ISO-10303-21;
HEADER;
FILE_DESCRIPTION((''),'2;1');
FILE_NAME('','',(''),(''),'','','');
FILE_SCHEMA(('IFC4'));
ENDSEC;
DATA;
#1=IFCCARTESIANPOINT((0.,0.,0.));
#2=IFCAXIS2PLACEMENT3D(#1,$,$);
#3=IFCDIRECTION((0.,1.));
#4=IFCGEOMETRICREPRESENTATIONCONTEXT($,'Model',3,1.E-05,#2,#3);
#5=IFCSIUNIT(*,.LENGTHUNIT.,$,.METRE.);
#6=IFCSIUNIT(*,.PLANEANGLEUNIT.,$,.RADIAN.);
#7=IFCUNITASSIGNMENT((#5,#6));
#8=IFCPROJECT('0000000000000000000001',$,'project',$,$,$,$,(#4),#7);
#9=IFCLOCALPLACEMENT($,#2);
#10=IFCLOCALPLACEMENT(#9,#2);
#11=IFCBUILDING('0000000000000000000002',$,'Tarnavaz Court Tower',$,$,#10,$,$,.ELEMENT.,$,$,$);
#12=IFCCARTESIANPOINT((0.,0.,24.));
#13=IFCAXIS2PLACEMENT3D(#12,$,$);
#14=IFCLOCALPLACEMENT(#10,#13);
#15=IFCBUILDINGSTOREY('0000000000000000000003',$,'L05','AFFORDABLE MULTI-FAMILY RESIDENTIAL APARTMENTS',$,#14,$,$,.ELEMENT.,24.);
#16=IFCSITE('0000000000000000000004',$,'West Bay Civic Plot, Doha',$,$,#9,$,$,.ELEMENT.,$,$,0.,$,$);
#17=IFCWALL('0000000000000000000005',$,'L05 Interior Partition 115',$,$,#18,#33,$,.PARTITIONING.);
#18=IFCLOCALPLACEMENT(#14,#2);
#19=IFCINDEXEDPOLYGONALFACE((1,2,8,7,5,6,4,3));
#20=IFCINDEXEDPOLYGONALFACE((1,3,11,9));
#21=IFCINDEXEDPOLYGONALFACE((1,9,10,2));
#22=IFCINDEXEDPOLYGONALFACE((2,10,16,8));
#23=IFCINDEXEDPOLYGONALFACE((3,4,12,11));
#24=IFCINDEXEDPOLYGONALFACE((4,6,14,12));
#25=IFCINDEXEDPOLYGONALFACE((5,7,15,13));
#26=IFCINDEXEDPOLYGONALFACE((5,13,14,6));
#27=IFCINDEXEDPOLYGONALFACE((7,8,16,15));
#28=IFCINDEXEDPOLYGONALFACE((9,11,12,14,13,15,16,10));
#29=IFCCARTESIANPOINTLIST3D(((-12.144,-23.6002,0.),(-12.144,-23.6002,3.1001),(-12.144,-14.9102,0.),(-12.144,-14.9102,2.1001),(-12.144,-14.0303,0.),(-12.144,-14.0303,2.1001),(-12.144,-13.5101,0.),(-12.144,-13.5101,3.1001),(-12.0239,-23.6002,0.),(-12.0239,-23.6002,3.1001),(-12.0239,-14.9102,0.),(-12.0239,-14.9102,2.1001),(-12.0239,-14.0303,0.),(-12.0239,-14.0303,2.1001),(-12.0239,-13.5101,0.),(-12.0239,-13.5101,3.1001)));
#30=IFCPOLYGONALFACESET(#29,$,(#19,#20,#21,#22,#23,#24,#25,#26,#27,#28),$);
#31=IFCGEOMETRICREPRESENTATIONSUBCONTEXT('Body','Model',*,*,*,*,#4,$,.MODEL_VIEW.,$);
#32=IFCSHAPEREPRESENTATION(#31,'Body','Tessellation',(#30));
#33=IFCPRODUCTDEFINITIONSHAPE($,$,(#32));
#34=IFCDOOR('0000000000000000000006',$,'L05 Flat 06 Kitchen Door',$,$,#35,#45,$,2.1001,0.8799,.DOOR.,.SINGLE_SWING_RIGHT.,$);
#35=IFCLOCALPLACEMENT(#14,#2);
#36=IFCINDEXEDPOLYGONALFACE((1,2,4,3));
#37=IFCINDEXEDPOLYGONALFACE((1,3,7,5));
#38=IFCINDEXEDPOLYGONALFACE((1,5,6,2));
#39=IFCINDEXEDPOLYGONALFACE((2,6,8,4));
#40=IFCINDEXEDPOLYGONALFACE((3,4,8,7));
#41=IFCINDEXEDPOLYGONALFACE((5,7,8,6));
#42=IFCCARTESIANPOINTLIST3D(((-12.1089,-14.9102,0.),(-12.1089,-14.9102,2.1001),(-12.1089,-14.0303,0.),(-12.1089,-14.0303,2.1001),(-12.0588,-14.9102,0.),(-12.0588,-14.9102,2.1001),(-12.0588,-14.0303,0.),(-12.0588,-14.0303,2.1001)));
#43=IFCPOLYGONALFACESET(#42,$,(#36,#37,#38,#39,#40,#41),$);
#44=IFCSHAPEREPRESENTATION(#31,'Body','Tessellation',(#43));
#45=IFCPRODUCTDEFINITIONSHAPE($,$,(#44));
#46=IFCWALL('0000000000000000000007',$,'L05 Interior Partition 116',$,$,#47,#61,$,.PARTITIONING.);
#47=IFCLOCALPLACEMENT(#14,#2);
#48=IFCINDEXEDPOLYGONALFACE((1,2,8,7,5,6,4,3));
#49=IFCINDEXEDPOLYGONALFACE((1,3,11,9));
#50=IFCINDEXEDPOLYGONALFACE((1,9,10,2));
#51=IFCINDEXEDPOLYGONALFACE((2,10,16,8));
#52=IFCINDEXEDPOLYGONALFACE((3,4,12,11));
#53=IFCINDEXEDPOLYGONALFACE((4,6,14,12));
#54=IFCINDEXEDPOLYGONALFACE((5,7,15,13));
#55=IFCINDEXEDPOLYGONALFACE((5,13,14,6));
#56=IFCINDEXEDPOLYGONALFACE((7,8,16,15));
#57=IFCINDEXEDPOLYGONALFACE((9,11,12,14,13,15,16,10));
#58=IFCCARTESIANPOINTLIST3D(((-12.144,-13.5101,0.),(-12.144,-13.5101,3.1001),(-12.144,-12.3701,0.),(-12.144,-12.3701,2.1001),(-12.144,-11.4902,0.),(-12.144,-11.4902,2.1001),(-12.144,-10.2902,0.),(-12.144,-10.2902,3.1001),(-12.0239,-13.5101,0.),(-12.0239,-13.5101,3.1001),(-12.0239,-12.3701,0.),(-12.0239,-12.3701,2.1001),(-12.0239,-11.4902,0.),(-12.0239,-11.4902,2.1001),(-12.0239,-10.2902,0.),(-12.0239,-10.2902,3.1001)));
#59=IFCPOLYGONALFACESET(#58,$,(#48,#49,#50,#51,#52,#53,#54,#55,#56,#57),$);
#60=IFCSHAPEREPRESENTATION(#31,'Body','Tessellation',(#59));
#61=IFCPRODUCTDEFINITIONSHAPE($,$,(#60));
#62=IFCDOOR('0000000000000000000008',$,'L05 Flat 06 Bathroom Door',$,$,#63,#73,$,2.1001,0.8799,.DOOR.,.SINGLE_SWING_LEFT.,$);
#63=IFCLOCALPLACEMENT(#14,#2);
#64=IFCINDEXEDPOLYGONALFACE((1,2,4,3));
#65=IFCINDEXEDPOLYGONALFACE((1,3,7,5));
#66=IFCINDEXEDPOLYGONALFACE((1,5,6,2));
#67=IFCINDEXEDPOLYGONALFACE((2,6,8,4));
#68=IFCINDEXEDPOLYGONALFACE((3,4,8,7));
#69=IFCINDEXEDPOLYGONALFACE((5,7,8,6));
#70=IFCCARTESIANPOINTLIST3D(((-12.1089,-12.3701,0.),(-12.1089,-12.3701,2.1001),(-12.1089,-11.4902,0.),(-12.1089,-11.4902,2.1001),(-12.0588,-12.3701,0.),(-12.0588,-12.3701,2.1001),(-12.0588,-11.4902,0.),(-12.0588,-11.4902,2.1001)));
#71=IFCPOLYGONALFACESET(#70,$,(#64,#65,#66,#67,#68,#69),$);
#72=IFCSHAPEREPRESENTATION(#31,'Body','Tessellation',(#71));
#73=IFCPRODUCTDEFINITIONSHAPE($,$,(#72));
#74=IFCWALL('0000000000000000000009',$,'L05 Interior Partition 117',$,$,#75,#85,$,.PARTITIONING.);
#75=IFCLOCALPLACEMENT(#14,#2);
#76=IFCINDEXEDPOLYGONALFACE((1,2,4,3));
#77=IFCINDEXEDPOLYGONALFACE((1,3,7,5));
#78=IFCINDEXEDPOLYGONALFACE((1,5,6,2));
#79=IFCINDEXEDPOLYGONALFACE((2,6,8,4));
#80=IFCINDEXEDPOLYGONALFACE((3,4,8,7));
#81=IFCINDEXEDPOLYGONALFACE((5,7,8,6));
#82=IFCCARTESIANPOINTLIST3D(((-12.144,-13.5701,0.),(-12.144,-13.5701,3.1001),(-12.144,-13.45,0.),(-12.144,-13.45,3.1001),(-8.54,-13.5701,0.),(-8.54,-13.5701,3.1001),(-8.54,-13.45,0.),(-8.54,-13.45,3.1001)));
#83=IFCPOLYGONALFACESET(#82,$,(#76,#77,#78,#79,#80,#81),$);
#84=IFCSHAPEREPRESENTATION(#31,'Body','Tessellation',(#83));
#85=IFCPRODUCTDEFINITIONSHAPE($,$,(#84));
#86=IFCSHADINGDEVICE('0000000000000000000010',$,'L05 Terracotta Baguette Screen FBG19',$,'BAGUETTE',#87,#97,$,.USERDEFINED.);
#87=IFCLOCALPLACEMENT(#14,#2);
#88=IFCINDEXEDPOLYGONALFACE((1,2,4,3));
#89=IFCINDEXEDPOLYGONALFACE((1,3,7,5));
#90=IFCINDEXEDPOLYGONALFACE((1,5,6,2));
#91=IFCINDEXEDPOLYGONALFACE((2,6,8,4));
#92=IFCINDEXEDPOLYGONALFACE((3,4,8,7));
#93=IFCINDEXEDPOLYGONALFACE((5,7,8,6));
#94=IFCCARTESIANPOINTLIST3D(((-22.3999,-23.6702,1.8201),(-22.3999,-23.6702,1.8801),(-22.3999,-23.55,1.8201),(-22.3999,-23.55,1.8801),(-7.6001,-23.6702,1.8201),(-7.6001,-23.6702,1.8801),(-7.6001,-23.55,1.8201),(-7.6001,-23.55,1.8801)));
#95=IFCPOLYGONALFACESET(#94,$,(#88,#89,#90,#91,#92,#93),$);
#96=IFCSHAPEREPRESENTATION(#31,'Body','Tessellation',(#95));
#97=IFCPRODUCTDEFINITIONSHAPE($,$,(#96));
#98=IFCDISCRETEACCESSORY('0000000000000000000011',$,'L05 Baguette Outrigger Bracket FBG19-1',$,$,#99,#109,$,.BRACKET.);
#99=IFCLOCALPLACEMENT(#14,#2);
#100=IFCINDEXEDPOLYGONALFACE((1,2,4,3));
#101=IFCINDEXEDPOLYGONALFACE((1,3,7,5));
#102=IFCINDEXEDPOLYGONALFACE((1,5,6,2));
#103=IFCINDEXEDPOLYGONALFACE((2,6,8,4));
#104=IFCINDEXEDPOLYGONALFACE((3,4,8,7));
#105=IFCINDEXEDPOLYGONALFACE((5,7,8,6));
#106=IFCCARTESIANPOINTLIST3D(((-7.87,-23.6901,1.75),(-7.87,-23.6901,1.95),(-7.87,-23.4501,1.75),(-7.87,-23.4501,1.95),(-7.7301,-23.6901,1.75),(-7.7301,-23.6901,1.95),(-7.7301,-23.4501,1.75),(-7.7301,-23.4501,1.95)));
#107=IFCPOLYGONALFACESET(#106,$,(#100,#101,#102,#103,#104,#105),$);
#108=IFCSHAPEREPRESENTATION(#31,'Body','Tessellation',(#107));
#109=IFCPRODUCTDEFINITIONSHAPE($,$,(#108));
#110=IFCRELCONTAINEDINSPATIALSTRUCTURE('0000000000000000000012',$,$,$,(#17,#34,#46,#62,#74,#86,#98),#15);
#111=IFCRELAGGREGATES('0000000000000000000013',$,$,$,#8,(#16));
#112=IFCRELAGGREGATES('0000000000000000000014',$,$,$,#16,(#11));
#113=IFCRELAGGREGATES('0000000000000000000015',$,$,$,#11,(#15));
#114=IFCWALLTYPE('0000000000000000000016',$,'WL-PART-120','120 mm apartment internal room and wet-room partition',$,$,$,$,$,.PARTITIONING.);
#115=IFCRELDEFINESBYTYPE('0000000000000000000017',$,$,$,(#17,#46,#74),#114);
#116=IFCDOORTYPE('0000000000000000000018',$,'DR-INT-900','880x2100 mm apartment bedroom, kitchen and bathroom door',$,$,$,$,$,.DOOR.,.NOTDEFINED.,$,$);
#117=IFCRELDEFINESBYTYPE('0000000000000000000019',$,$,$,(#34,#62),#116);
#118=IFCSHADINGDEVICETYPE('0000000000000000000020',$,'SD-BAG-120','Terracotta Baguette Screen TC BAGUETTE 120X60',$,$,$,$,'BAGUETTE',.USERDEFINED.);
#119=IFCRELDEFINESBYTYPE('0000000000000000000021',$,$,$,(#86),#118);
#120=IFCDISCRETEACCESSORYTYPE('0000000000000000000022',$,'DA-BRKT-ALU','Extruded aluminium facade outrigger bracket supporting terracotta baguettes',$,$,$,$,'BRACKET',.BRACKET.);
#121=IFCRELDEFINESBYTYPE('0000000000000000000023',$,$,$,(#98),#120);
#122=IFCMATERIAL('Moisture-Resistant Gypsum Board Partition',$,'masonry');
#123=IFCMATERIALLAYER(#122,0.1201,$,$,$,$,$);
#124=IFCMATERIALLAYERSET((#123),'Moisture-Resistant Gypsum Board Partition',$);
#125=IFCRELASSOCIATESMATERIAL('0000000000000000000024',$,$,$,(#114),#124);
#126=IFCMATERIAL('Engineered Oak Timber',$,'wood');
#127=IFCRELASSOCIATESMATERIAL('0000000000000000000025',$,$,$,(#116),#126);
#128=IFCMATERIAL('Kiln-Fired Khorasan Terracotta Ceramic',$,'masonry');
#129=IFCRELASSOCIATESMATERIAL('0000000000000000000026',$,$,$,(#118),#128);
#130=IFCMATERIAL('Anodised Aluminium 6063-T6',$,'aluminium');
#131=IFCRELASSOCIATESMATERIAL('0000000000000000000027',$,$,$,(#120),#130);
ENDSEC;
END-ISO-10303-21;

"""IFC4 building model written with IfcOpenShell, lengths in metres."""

from ifc_helpers import new_model, si_unit, direction, frame, frame_2d, origin, origin_2d, place, context, subcontext, project, spatial, rectangle, extrude, material, layer, layer_set, material_profile, profile_set, type_object, element, fill, save


model = new_model("IFC4")

# Units and contexts
model_context = context("Model", 3, precision=1e-05, world=origin(), true_north=direction((0.0, 1.0)))
body_context = subcontext(model_context, "Body", "Model", "MODEL_VIEW")
ifc_project = project(units=[si_unit("LENGTHUNIT", "METRE"), si_unit("PLANEANGLEUNIT", "RADIAN")], contexts=[model_context])

# Site, building, storey
site_placement = place(None, origin())
site = spatial("IfcSite", under=ifc_project, at=site_placement, Name="West Bay Civic Plot, Doha", CompositionType="ELEMENT", RefElevation=0.0)
building_placement = place(site_placement, origin())
building = spatial("IfcBuilding", under=site, at=building_placement, Name="Tarnavaz Court Tower", CompositionType="ELEMENT")
storey_placement = place(building_placement, frame((0.0, 0.0, 24.0)))
storey = spatial("IfcBuildingStorey", under=building, at=storey_placement, Name="L05", Description="AFFORDABLE MULTI-FAMILY RESIDENTIAL APARTMENTS", CompositionType="ELEMENT", Elevation=24.0)

# Walls, openings, doors
ifc_material_1 = material(Name="Moisture-Resistant Gypsum Board Partition", Category="masonry")
ifc_layer_1 = layer(ifc_material_1, 0.1201)
ifc_layer_set_1 = layer_set([ifc_layer_1], Name="Moisture-Resistant Gypsum Board Partition")
wall_type_1 = type_object("IfcWallType", Name="WL-PART-120", Description="120 mm apartment internal room and wet-room partition", PredefinedType="PARTITIONING", material=ifc_layer_set_1)
wall_1_placement = place(storey_placement, frame((-12.084, -23.6001, 0.0), z_axis=(0.0, 0.0, 1.0), x_axis=(0.0, 1.0, 0.0)))
wall_1 = element("IfcWall", 1, at=wall_1_placement, inside=storey, type_object=wall_type_1, Name="L05 Interior Partition 115", PredefinedType="PARTITIONING", context=body_context, shape_type="SweptSolid", body=[
    extrude(rectangle(XDim=10.0901, YDim=0.1201, at=frame_2d((5.0449, 0.0))), origin(), (0.0, 0.0, 1.0), 3.1001),
])
opening_1_placement = place(wall_1_placement, frame((8.6899, 0.0, 0.0)))
opening_1 = element("IfcOpeningElement", 2, at=opening_1_placement, cuts=wall_1, PredefinedType="OPENING", context=body_context, shape_type="SweptSolid", body=[
    extrude(rectangle(XDim=0.8799, YDim=2.1001, at=frame_2d((0.4399, 1.05))), frame((0.0, 0.0701, 0.0), z_axis=(0.0, -1.0, 0.0), x_axis=(1.0, 0.0, 0.0)), (0.0, 0.0, 1.0), 0.1401),
])
ifc_material_2 = material(Name="Engineered Oak Timber", Category="wood")
door_type = type_object("IfcDoorType", Name="DR-INT-900", Description="880x2100 mm apartment bedroom, kitchen and bathroom door", OperationType="NOTDEFINED", PredefinedType="DOOR", material=ifc_material_2)
door_1_placement = place(opening_1_placement, origin())
door_1 = element("IfcDoor", 3, at=door_1_placement, inside=storey, type_object=door_type, Name="L05 Flat 06 Kitchen Door", OperationType="SINGLE_SWING_RIGHT", OverallHeight=2.1001, OverallWidth=0.8799, PredefinedType="DOOR", context=body_context, shape_type="SweptSolid", body=[
    extrude(rectangle(XDim=0.8799, YDim=2.1001, at=frame_2d((0.4399, 1.05))), frame((0.0, 0.0249, 0.0), z_axis=(0.0, -1.0, 0.0), x_axis=(1.0, 0.0, 0.0)), (0.0, 0.0, 1.0), 0.05),
])
fill(opening_1, door_1)
wall_2_placement = place(storey_placement, frame((-12.084, -13.51, 0.0), z_axis=(0.0, 0.0, 1.0), x_axis=(0.0, 1.0, 0.0)))
wall_2 = element("IfcWall", 4, at=wall_2_placement, inside=storey, type_object=wall_type_1, Name="L05 Interior Partition 116", PredefinedType="PARTITIONING", context=body_context, shape_type="SweptSolid", body=[
    extrude(rectangle(XDim=3.22, YDim=0.1201, at=frame_2d((1.6099, 0.0))), origin(), (0.0, 0.0, 1.0), 3.1001),
])
opening_2_placement = place(wall_2_placement, frame((1.1399, 0.0, 0.0)))
opening_2 = element("IfcOpeningElement", 5, at=opening_2_placement, cuts=wall_2, PredefinedType="OPENING", context=body_context, shape_type="SweptSolid", body=[
    extrude(rectangle(XDim=0.8799, YDim=2.1001, at=frame_2d((0.4399, 1.05))), frame((0.0, 0.0701, 0.0), z_axis=(0.0, -1.0, 0.0), x_axis=(1.0, 0.0, 0.0)), (0.0, 0.0, 1.0), 0.1401),
])
door_2_placement = place(opening_2_placement, origin())
door_2 = element("IfcDoor", 6, at=door_2_placement, inside=storey, type_object=door_type, Name="L05 Flat 06 Bathroom Door", OperationType="SINGLE_SWING_LEFT", OverallHeight=2.1001, OverallWidth=0.8799, PredefinedType="DOOR", context=body_context, shape_type="SweptSolid", body=[
    extrude(rectangle(XDim=0.8799, YDim=2.1001, at=frame_2d((0.4399, 1.05))), frame((0.0, 0.0249, 0.0), z_axis=(0.0, -1.0, 0.0), x_axis=(1.0, 0.0, 0.0)), (0.0, 0.0, 1.0), 0.05),
])
fill(opening_2, door_2)

# Wall
wall_3_placement = place(storey_placement, frame((-12.144, -13.51, 0.0), z_axis=(0.0, 0.0, 1.0), x_axis=(1.0, 0.0, 0.0)))
element("IfcWall", 7, at=wall_3_placement, inside=storey, type_object=wall_type_1, Name="L05 Interior Partition 117", PredefinedType="PARTITIONING", context=body_context, shape_type="SweptSolid", body=[
    extrude(rectangle(XDim=3.604, YDim=0.1201, at=frame_2d((1.802, 0.0))), origin(), (0.0, 0.0, 1.0), 3.1001),
])

# Shading device
ifc_material_3 = material(Name="Kiln-Fired Khorasan Terracotta Ceramic", Category="masonry")
ifc_material_profile_1 = material_profile(ifc_material_3, rectangle(XDim=0.1201, YDim=0.0601, at=origin_2d()), Name="TC BAGUETTE 120X60")
ifc_profile_set_1 = profile_set([ifc_material_profile_1], Name="Kiln-Fired Khorasan Terracotta Ceramic")
shading_device_type = type_object("IfcShadingDeviceType", Name="SD-BAG-120", Description="Terracotta Baguette Screen TC BAGUETTE 120X60", ElementType="BAGUETTE", PredefinedType="USERDEFINED", material=ifc_profile_set_1)
shading_device_placement = place(storey_placement, frame((-7.6001, -23.6101, 1.8501), z_axis=(-1.0, 0.0, 0.0), x_axis=(0.0, -1.0, 0.0)))
element("IfcShadingDevice", 8, at=shading_device_placement, inside=storey, type_object=shading_device_type, Name="L05 Terracotta Baguette Screen FBG19", ObjectType="BAGUETTE", PredefinedType="USERDEFINED", context=body_context, shape_type="SweptSolid", body=[
    extrude(rectangle(XDim=0.1201, YDim=0.0601, at=origin_2d()), origin(), (0.0, 0.0, 1.0), 14.7998),
])

# Discrete accessory
ifc_material_4 = material(Name="Anodised Aluminium 6063-T6", Category="aluminium")
discrete_accessory_type = type_object("IfcDiscreteAccessoryType", Name="DA-BRKT-ALU", Description="Extruded aluminium facade outrigger bracket supporting terracotta baguettes", ElementType="BRACKET", PredefinedType="BRACKET", material=ifc_material_4)
discrete_accessory_placement = place(storey_placement, frame((-7.8, -23.5701, 1.75), z_axis=(0.0, 0.0, 1.0), x_axis=(-1.0, 0.0, 0.0)))
element("IfcDiscreteAccessory", 9, at=discrete_accessory_placement, inside=storey, type_object=discrete_accessory_type, Name="L05 Baguette Outrigger Bracket FBG19-1", PredefinedType="BRACKET", context=body_context, shape_type="SweptSolid", body=[
    extrude(rectangle(XDim=0.1399, YDim=0.24, at=origin_2d()), origin(), (0.0, 0.0, 1.0), 0.2),
])

save(model, "model.ifc")
